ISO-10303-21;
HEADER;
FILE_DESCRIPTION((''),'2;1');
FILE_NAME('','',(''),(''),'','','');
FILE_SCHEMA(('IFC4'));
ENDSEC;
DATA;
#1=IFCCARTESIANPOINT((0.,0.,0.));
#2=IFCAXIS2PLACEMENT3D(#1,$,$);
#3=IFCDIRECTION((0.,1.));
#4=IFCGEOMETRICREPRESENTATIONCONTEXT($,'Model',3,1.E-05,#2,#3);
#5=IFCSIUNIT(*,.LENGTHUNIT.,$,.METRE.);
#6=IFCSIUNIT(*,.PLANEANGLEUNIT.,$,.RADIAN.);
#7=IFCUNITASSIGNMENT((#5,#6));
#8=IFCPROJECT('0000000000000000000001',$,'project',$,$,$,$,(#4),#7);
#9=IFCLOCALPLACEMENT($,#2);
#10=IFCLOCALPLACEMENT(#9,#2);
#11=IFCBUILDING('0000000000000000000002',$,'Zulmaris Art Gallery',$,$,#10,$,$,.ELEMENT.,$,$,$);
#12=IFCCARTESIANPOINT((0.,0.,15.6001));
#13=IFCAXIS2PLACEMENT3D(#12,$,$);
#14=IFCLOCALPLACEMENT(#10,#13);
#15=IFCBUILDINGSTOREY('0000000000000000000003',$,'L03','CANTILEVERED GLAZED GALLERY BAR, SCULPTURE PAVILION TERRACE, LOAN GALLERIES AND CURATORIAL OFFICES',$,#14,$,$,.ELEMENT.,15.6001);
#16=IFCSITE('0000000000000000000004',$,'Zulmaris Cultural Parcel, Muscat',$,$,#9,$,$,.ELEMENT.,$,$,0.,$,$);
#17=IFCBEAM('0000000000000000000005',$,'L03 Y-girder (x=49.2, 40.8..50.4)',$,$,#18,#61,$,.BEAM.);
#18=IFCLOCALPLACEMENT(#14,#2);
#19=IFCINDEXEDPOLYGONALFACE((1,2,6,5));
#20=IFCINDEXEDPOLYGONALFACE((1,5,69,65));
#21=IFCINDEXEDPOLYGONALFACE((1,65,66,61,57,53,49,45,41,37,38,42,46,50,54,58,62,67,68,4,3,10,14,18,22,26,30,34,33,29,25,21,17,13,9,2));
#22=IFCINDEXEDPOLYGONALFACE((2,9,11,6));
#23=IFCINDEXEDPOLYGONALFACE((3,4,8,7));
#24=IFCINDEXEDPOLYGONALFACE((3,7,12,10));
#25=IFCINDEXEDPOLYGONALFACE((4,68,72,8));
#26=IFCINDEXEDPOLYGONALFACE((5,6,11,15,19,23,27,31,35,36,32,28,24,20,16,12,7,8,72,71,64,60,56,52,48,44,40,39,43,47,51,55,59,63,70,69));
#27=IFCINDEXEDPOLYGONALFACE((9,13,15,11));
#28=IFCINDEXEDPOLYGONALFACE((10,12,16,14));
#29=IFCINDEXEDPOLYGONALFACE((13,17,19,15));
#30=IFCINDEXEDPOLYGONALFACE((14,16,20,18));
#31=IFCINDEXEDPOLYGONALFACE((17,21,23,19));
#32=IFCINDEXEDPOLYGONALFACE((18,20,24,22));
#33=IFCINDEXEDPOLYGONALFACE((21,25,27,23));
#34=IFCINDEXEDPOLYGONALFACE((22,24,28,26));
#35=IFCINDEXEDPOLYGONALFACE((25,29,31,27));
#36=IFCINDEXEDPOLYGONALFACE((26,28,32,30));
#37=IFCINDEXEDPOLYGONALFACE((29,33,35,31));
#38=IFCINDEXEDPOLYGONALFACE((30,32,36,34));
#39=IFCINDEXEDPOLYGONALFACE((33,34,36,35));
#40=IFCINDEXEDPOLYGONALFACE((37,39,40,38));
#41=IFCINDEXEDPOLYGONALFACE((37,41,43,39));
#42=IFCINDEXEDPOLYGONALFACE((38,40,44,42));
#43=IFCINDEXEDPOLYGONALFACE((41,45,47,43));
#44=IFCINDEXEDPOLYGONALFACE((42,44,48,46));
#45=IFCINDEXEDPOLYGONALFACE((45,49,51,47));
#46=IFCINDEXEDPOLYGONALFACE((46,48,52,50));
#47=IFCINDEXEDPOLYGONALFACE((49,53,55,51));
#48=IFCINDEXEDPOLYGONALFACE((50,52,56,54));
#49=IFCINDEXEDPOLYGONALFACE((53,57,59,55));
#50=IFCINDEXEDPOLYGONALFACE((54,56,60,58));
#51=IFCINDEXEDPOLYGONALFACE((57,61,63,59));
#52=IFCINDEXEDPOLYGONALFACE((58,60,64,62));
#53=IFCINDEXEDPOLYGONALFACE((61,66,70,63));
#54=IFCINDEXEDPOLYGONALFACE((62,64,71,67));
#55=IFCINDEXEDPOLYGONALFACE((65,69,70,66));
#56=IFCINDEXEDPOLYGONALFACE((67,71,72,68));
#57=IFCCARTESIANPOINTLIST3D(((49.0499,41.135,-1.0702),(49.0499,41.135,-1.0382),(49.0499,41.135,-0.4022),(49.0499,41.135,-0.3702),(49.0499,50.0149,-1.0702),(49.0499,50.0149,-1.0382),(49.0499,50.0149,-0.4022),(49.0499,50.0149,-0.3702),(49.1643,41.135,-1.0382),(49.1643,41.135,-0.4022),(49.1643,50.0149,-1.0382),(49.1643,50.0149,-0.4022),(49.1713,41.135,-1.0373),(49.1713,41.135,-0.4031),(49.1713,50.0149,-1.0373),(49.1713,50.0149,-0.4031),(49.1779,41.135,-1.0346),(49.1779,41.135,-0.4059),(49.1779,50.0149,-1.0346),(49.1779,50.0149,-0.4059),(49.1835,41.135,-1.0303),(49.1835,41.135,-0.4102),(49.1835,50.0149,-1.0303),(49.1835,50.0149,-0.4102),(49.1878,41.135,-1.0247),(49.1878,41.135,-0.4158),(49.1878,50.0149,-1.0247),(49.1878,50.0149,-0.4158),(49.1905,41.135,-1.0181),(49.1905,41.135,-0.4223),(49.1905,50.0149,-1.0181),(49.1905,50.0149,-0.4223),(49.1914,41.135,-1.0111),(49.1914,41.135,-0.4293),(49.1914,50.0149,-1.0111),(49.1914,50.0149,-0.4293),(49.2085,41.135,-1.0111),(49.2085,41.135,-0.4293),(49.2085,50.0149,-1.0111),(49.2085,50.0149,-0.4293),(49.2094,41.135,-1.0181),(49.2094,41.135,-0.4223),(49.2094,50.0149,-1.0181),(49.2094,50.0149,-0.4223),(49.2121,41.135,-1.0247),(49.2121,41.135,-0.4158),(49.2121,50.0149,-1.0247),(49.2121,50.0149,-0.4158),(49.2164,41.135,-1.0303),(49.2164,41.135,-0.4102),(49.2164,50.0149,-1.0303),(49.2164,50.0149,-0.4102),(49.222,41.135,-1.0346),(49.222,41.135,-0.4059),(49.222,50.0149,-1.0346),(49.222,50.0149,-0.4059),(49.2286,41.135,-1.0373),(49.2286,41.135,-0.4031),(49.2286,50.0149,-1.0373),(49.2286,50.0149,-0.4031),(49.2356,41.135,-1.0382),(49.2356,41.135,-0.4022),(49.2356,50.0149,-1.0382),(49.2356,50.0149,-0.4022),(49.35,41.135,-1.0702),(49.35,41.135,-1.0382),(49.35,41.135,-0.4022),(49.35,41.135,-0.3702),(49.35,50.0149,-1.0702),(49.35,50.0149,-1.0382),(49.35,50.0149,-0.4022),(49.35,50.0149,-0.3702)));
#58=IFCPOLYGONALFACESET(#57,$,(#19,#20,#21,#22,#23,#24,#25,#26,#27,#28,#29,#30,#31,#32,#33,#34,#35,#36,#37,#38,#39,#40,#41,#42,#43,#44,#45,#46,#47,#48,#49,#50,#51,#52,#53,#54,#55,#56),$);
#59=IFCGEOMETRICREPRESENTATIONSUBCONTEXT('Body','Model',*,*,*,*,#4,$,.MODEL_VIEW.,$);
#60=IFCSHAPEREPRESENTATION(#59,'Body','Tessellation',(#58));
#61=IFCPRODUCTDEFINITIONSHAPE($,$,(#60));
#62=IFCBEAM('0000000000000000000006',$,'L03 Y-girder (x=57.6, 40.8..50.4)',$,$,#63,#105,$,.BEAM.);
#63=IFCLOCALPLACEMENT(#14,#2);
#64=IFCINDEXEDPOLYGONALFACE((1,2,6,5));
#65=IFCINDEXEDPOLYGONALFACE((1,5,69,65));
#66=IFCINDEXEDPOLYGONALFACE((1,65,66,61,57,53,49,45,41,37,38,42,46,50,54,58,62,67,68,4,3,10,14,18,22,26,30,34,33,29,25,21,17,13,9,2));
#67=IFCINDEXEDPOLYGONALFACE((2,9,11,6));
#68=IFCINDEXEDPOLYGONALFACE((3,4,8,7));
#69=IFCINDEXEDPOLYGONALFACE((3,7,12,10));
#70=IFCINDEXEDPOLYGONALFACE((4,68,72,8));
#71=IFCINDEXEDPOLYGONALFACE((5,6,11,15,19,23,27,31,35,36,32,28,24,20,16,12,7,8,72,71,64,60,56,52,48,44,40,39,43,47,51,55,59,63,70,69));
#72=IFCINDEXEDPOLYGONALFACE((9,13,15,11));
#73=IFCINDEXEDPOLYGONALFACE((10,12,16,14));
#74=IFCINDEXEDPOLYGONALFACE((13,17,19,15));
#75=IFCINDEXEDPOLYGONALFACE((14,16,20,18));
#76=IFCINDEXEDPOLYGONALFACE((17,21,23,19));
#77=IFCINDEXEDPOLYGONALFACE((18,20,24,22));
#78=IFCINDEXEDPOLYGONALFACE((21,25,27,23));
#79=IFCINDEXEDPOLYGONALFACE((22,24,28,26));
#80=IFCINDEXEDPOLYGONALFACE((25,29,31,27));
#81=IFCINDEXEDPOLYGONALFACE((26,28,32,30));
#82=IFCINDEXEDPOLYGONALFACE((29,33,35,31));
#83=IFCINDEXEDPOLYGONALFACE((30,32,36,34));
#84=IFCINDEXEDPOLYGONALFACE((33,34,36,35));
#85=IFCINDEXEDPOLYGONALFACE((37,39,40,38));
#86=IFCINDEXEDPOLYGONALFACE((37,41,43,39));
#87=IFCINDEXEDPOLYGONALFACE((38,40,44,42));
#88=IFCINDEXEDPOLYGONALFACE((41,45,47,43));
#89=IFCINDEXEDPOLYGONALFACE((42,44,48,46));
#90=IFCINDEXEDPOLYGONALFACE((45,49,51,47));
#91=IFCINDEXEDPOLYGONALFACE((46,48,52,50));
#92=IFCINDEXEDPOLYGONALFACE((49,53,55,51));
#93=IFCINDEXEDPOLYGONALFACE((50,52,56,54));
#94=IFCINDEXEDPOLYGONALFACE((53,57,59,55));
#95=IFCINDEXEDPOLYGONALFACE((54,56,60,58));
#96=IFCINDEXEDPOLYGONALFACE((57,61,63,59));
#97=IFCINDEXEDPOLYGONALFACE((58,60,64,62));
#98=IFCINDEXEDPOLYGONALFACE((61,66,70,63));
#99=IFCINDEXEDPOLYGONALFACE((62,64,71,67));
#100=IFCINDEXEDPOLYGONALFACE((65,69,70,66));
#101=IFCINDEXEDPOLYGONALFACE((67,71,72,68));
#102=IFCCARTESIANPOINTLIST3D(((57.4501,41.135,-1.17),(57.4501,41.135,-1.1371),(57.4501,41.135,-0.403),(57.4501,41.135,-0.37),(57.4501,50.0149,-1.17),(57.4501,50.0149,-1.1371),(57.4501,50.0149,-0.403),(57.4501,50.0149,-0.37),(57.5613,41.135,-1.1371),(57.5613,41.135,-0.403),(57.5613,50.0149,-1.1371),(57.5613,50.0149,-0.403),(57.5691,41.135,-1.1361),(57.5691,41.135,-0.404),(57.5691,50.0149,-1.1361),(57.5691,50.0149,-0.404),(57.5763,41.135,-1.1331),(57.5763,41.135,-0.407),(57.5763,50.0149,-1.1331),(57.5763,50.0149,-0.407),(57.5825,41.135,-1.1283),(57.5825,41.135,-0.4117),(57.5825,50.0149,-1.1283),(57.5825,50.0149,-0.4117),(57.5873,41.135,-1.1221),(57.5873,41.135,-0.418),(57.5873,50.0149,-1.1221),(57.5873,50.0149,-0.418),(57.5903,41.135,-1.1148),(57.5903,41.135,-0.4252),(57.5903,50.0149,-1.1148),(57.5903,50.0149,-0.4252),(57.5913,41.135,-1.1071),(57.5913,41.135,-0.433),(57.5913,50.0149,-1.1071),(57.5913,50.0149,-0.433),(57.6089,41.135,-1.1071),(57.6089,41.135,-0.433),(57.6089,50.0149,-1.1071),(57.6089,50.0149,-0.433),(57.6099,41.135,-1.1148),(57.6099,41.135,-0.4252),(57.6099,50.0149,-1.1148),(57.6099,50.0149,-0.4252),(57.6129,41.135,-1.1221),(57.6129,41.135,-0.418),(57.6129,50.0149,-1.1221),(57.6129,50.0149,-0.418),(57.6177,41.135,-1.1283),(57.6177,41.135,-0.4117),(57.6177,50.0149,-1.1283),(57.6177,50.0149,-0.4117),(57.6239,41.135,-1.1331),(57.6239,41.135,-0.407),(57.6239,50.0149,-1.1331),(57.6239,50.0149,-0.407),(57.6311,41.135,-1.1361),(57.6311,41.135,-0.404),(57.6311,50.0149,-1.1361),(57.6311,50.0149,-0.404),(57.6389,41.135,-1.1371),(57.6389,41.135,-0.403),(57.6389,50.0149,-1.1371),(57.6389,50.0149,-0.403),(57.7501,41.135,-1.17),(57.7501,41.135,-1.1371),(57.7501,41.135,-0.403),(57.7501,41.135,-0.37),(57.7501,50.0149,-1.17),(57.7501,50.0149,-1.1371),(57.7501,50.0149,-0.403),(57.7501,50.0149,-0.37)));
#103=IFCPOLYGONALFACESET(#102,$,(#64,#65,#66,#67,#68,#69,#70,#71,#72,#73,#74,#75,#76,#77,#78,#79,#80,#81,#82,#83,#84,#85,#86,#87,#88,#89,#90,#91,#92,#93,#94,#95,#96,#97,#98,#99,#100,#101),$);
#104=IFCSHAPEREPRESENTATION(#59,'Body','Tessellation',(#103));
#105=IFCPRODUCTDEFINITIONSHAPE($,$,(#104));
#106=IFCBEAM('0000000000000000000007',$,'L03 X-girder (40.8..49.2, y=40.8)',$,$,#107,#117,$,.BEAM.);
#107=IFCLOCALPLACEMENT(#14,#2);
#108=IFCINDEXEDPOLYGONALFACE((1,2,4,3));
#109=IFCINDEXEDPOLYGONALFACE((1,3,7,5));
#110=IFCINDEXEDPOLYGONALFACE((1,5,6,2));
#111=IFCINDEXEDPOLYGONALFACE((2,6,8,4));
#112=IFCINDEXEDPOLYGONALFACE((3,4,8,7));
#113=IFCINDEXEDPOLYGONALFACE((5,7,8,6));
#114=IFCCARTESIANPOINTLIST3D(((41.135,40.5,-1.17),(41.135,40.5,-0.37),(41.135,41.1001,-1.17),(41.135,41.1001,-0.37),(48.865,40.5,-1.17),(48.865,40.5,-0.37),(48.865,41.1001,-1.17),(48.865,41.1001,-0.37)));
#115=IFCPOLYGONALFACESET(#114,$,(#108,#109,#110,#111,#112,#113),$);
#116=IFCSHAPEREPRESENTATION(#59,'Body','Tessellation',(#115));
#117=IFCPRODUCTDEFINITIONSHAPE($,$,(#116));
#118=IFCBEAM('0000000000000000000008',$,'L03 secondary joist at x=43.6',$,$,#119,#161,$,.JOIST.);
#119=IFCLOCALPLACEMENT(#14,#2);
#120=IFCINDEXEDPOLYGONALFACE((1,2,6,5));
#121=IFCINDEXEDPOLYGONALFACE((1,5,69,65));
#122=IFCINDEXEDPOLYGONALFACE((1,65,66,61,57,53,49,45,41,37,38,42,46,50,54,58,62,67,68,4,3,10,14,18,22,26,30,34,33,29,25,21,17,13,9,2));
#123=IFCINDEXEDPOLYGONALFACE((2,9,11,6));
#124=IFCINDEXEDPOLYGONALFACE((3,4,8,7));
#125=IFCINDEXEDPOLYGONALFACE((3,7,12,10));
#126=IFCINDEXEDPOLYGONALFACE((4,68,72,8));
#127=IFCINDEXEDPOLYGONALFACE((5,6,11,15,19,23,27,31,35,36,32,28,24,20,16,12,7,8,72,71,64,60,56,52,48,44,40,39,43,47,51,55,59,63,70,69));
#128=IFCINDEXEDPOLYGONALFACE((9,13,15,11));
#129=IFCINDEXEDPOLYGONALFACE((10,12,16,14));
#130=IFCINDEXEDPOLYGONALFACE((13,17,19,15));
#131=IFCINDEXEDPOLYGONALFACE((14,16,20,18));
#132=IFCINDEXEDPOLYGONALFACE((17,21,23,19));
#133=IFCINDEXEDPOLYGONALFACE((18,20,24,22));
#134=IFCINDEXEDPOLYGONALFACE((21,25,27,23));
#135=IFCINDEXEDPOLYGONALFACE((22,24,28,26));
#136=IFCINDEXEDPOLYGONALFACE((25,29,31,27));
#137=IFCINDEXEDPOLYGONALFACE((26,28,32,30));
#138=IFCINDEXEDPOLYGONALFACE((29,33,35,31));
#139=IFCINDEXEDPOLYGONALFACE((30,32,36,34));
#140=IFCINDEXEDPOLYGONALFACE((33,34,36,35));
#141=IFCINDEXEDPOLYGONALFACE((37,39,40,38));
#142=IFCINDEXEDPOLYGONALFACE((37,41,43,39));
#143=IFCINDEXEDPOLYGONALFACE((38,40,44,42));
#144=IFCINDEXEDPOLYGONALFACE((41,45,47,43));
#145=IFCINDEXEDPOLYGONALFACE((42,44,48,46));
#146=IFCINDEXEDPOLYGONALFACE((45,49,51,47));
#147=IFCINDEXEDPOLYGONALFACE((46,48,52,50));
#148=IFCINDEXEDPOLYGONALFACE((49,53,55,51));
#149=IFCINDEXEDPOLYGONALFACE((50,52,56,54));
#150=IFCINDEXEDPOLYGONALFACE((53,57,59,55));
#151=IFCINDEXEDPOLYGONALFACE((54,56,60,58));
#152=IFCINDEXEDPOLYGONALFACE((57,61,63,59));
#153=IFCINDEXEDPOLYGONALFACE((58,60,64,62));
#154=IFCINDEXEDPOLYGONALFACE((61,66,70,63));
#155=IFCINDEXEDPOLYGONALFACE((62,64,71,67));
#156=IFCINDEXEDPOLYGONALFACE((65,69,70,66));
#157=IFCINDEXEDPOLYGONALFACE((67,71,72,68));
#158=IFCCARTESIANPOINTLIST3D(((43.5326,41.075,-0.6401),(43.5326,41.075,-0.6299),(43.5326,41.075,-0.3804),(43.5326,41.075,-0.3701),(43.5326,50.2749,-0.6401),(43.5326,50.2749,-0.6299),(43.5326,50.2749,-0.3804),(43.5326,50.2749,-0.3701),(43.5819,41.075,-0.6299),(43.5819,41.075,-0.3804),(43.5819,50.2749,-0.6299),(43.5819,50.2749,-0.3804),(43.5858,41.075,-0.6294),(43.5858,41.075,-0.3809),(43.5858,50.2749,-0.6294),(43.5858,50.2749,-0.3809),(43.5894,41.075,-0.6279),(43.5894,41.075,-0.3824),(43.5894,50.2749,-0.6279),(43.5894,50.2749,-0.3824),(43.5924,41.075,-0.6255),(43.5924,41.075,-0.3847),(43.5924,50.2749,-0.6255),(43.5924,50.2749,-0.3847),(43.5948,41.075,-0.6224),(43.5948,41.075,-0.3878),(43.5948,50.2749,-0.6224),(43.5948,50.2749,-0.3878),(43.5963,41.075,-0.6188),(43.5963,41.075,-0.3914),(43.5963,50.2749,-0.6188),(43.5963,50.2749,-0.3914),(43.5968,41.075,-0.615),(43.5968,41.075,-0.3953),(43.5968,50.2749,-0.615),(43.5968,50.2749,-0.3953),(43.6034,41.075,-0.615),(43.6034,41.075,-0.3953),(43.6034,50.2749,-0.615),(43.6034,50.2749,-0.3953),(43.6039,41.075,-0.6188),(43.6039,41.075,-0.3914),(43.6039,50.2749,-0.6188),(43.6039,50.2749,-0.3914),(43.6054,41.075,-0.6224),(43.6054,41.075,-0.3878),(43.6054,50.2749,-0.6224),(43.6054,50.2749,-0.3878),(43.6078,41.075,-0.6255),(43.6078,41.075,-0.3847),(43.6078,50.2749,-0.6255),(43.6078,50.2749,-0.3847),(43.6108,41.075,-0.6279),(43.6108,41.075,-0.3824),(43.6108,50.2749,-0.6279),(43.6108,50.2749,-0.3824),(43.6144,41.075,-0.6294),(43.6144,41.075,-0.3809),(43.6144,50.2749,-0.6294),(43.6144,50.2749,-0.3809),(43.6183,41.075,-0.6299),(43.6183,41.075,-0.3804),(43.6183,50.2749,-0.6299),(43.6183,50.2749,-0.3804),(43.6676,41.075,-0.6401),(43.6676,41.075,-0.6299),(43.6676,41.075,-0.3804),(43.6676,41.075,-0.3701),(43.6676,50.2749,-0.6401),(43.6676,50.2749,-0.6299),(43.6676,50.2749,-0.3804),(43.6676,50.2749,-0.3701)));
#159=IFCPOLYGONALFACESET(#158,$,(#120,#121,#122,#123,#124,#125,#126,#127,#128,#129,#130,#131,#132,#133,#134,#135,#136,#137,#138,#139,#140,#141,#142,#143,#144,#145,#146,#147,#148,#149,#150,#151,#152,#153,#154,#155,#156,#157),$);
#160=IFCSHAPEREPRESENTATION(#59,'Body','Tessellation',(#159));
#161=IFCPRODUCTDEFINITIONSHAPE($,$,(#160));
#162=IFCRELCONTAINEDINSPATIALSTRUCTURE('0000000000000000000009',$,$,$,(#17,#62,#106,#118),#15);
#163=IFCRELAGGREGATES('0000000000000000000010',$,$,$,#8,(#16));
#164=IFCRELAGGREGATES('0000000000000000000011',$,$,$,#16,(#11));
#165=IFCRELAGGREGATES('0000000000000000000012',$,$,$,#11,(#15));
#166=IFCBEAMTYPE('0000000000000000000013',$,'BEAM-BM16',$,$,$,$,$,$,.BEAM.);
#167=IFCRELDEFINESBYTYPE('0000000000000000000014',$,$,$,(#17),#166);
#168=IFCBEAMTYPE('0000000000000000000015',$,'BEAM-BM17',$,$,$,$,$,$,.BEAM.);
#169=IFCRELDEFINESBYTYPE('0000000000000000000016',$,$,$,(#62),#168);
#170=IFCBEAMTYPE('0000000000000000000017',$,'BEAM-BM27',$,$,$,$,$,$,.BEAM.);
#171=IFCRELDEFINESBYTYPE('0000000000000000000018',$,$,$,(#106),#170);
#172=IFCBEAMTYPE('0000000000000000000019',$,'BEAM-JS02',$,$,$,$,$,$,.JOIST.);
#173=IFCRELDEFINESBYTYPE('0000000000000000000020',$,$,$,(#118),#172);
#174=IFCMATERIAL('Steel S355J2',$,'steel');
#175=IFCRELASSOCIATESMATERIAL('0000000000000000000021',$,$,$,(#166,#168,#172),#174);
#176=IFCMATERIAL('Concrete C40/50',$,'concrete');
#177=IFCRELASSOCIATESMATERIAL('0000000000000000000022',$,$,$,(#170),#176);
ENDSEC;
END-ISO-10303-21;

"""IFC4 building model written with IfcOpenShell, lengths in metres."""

from ifc_helpers import new_model, si_unit, direction, frame, origin, origin_2d, place, context, subcontext, project, spatial, rectangle, i_section, extrude, material, material_profile, profile_set, type_object, element, save


model = new_model("IFC4")

# Units and contexts
model_context = context("Model", 3, precision=1e-05, world=origin(), true_north=direction((0.0, 1.0)))
body_context = subcontext(model_context, "Body", "Model", "MODEL_VIEW")
ifc_project = project(units=[si_unit("LENGTHUNIT", "METRE"), si_unit("PLANEANGLEUNIT", "RADIAN")], contexts=[model_context])

# Site, building, storey
site_placement = place(None, origin())
site = spatial("IfcSite", under=ifc_project, at=site_placement, Name="Zulmaris Cultural Parcel, Muscat", CompositionType="ELEMENT", RefElevation=0.0)
building_placement = place(site_placement, origin())
building = spatial("IfcBuilding", under=site, at=building_placement, Name="Zulmaris Art Gallery", CompositionType="ELEMENT")
storey_placement = place(building_placement, frame((0.0, 0.0, 15.6001)))
storey = spatial("IfcBuildingStorey", under=building, at=storey_placement, Name="L03", Description="CANTILEVERED GLAZED GALLERY BAR, SCULPTURE PAVILION TERRACE, LOAN GALLERIES AND CURATORIAL OFFICES", CompositionType="ELEMENT", Elevation=15.6001)

# Shared definitions
ifc_material_1 = material(Name="Concrete C40/50", Category="concrete")

# Beams
ifc_material_2 = material(Name="Steel S355J2", Category="steel")
ifc_material_profile_1 = material_profile(ifc_material_2, i_section(OverallWidth=0.3, OverallDepth=0.7, WebThickness=0.0171, FlangeThickness=0.032, FilletRadius=0.0271, at=origin_2d()), Name="HEB 700")
ifc_profile_set_1 = profile_set([ifc_material_profile_1], Name="Steel S355J2")
beam_type_1 = type_object("IfcBeamType", Name="BEAM-BM16", PredefinedType="BEAM", material=ifc_profile_set_1)
beam_1_placement = place(storey_placement, frame((49.2, 41.135, -0.7202), z_axis=(0.0, 1.0, 0.0), x_axis=(-1.0, 0.0, 0.0)))
element("IfcBeam", 1, at=beam_1_placement, inside=storey, type_object=beam_type_1, Name="L03 Y-girder (x=49.2, 40.8..50.4)", PredefinedType="BEAM", context=body_context, shape_type="SweptSolid", body=[
    extrude(i_section(OverallWidth=0.3, OverallDepth=0.7, WebThickness=0.0171, FlangeThickness=0.032, FilletRadius=0.0271, at=origin_2d()), origin(), (0.0, 0.0, 1.0), 8.8799),
])
ifc_material_profile_2 = material_profile(ifc_material_2, i_section(OverallWidth=0.3, OverallDepth=0.8, WebThickness=0.0176, FlangeThickness=0.033, FilletRadius=0.03, at=origin_2d()), Name="HEB 800")
ifc_profile_set_2 = profile_set([ifc_material_profile_2], Name="Steel S355J2")
beam_type_2 = type_object("IfcBeamType", Name="BEAM-BM17", PredefinedType="BEAM", material=ifc_profile_set_2)
beam_2_placement = place(storey_placement, frame((57.6001, 41.135, -0.77), z_axis=(0.0, 1.0, 0.0), x_axis=(-1.0, 0.0, 0.0)))
element("IfcBeam", 2, at=beam_2_placement, inside=storey, type_object=beam_type_2, Name="L03 Y-girder (x=57.6, 40.8..50.4)", PredefinedType="BEAM", context=body_context, shape_type="SweptSolid", body=[
    extrude(i_section(OverallWidth=0.3, OverallDepth=0.8, WebThickness=0.0176, FlangeThickness=0.033, FilletRadius=0.03, at=origin_2d()), origin(), (0.0, 0.0, 1.0), 8.8799),
])
ifc_material_profile_3 = material_profile(ifc_material_1, rectangle(XDim=0.6001, YDim=0.8, at=origin_2d()), Name="RC 600x800")
ifc_profile_set_3 = profile_set([ifc_material_profile_3], Name="Concrete C40/50")
beam_type_3 = type_object("IfcBeamType", Name="BEAM-BM27", PredefinedType="BEAM", material=ifc_profile_set_3)
beam_3_placement = place(storey_placement, frame((41.135, 40.8, -0.77), z_axis=(1.0, 0.0, 0.0), x_axis=(0.0, 1.0, 0.0)))
element("IfcBeam", 3, at=beam_3_placement, inside=storey, type_object=beam_type_3, Name="L03 X-girder (40.8..49.2, y=40.8)", PredefinedType="BEAM", context=body_context, shape_type="SweptSolid", body=[
    extrude(rectangle(XDim=0.6001, YDim=0.8, at=origin_2d()), origin(), (0.0, 0.0, 1.0), 7.73),
])
ifc_material_profile_4 = material_profile(ifc_material_2, i_section(OverallWidth=0.135, OverallDepth=0.27, WebThickness=0.0066, FlangeThickness=0.0103, FilletRadius=0.0149, at=origin_2d()), Name="IPE 270")
ifc_profile_set_4 = profile_set([ifc_material_profile_4], Name="Steel S355J2")
beam_type_4 = type_object("IfcBeamType", Name="BEAM-JS02", PredefinedType="JOIST", material=ifc_profile_set_4)
beam_4_placement = place(storey_placement, frame((43.6001, 41.075, -0.5051), z_axis=(0.0, 1.0, 0.0), x_axis=(-1.0, 0.0, 0.0)))
element("IfcBeam", 4, at=beam_4_placement, inside=storey, type_object=beam_type_4, Name="L03 secondary joist at x=43.6", PredefinedType="JOIST", context=body_context, shape_type="SweptSolid", body=[
    extrude(i_section(OverallWidth=0.135, OverallDepth=0.27, WebThickness=0.0066, FlangeThickness=0.0103, FilletRadius=0.0149, at=origin_2d()), origin(), (0.0, 0.0, 1.0), 9.2),
])

save(model, "model.ifc")
